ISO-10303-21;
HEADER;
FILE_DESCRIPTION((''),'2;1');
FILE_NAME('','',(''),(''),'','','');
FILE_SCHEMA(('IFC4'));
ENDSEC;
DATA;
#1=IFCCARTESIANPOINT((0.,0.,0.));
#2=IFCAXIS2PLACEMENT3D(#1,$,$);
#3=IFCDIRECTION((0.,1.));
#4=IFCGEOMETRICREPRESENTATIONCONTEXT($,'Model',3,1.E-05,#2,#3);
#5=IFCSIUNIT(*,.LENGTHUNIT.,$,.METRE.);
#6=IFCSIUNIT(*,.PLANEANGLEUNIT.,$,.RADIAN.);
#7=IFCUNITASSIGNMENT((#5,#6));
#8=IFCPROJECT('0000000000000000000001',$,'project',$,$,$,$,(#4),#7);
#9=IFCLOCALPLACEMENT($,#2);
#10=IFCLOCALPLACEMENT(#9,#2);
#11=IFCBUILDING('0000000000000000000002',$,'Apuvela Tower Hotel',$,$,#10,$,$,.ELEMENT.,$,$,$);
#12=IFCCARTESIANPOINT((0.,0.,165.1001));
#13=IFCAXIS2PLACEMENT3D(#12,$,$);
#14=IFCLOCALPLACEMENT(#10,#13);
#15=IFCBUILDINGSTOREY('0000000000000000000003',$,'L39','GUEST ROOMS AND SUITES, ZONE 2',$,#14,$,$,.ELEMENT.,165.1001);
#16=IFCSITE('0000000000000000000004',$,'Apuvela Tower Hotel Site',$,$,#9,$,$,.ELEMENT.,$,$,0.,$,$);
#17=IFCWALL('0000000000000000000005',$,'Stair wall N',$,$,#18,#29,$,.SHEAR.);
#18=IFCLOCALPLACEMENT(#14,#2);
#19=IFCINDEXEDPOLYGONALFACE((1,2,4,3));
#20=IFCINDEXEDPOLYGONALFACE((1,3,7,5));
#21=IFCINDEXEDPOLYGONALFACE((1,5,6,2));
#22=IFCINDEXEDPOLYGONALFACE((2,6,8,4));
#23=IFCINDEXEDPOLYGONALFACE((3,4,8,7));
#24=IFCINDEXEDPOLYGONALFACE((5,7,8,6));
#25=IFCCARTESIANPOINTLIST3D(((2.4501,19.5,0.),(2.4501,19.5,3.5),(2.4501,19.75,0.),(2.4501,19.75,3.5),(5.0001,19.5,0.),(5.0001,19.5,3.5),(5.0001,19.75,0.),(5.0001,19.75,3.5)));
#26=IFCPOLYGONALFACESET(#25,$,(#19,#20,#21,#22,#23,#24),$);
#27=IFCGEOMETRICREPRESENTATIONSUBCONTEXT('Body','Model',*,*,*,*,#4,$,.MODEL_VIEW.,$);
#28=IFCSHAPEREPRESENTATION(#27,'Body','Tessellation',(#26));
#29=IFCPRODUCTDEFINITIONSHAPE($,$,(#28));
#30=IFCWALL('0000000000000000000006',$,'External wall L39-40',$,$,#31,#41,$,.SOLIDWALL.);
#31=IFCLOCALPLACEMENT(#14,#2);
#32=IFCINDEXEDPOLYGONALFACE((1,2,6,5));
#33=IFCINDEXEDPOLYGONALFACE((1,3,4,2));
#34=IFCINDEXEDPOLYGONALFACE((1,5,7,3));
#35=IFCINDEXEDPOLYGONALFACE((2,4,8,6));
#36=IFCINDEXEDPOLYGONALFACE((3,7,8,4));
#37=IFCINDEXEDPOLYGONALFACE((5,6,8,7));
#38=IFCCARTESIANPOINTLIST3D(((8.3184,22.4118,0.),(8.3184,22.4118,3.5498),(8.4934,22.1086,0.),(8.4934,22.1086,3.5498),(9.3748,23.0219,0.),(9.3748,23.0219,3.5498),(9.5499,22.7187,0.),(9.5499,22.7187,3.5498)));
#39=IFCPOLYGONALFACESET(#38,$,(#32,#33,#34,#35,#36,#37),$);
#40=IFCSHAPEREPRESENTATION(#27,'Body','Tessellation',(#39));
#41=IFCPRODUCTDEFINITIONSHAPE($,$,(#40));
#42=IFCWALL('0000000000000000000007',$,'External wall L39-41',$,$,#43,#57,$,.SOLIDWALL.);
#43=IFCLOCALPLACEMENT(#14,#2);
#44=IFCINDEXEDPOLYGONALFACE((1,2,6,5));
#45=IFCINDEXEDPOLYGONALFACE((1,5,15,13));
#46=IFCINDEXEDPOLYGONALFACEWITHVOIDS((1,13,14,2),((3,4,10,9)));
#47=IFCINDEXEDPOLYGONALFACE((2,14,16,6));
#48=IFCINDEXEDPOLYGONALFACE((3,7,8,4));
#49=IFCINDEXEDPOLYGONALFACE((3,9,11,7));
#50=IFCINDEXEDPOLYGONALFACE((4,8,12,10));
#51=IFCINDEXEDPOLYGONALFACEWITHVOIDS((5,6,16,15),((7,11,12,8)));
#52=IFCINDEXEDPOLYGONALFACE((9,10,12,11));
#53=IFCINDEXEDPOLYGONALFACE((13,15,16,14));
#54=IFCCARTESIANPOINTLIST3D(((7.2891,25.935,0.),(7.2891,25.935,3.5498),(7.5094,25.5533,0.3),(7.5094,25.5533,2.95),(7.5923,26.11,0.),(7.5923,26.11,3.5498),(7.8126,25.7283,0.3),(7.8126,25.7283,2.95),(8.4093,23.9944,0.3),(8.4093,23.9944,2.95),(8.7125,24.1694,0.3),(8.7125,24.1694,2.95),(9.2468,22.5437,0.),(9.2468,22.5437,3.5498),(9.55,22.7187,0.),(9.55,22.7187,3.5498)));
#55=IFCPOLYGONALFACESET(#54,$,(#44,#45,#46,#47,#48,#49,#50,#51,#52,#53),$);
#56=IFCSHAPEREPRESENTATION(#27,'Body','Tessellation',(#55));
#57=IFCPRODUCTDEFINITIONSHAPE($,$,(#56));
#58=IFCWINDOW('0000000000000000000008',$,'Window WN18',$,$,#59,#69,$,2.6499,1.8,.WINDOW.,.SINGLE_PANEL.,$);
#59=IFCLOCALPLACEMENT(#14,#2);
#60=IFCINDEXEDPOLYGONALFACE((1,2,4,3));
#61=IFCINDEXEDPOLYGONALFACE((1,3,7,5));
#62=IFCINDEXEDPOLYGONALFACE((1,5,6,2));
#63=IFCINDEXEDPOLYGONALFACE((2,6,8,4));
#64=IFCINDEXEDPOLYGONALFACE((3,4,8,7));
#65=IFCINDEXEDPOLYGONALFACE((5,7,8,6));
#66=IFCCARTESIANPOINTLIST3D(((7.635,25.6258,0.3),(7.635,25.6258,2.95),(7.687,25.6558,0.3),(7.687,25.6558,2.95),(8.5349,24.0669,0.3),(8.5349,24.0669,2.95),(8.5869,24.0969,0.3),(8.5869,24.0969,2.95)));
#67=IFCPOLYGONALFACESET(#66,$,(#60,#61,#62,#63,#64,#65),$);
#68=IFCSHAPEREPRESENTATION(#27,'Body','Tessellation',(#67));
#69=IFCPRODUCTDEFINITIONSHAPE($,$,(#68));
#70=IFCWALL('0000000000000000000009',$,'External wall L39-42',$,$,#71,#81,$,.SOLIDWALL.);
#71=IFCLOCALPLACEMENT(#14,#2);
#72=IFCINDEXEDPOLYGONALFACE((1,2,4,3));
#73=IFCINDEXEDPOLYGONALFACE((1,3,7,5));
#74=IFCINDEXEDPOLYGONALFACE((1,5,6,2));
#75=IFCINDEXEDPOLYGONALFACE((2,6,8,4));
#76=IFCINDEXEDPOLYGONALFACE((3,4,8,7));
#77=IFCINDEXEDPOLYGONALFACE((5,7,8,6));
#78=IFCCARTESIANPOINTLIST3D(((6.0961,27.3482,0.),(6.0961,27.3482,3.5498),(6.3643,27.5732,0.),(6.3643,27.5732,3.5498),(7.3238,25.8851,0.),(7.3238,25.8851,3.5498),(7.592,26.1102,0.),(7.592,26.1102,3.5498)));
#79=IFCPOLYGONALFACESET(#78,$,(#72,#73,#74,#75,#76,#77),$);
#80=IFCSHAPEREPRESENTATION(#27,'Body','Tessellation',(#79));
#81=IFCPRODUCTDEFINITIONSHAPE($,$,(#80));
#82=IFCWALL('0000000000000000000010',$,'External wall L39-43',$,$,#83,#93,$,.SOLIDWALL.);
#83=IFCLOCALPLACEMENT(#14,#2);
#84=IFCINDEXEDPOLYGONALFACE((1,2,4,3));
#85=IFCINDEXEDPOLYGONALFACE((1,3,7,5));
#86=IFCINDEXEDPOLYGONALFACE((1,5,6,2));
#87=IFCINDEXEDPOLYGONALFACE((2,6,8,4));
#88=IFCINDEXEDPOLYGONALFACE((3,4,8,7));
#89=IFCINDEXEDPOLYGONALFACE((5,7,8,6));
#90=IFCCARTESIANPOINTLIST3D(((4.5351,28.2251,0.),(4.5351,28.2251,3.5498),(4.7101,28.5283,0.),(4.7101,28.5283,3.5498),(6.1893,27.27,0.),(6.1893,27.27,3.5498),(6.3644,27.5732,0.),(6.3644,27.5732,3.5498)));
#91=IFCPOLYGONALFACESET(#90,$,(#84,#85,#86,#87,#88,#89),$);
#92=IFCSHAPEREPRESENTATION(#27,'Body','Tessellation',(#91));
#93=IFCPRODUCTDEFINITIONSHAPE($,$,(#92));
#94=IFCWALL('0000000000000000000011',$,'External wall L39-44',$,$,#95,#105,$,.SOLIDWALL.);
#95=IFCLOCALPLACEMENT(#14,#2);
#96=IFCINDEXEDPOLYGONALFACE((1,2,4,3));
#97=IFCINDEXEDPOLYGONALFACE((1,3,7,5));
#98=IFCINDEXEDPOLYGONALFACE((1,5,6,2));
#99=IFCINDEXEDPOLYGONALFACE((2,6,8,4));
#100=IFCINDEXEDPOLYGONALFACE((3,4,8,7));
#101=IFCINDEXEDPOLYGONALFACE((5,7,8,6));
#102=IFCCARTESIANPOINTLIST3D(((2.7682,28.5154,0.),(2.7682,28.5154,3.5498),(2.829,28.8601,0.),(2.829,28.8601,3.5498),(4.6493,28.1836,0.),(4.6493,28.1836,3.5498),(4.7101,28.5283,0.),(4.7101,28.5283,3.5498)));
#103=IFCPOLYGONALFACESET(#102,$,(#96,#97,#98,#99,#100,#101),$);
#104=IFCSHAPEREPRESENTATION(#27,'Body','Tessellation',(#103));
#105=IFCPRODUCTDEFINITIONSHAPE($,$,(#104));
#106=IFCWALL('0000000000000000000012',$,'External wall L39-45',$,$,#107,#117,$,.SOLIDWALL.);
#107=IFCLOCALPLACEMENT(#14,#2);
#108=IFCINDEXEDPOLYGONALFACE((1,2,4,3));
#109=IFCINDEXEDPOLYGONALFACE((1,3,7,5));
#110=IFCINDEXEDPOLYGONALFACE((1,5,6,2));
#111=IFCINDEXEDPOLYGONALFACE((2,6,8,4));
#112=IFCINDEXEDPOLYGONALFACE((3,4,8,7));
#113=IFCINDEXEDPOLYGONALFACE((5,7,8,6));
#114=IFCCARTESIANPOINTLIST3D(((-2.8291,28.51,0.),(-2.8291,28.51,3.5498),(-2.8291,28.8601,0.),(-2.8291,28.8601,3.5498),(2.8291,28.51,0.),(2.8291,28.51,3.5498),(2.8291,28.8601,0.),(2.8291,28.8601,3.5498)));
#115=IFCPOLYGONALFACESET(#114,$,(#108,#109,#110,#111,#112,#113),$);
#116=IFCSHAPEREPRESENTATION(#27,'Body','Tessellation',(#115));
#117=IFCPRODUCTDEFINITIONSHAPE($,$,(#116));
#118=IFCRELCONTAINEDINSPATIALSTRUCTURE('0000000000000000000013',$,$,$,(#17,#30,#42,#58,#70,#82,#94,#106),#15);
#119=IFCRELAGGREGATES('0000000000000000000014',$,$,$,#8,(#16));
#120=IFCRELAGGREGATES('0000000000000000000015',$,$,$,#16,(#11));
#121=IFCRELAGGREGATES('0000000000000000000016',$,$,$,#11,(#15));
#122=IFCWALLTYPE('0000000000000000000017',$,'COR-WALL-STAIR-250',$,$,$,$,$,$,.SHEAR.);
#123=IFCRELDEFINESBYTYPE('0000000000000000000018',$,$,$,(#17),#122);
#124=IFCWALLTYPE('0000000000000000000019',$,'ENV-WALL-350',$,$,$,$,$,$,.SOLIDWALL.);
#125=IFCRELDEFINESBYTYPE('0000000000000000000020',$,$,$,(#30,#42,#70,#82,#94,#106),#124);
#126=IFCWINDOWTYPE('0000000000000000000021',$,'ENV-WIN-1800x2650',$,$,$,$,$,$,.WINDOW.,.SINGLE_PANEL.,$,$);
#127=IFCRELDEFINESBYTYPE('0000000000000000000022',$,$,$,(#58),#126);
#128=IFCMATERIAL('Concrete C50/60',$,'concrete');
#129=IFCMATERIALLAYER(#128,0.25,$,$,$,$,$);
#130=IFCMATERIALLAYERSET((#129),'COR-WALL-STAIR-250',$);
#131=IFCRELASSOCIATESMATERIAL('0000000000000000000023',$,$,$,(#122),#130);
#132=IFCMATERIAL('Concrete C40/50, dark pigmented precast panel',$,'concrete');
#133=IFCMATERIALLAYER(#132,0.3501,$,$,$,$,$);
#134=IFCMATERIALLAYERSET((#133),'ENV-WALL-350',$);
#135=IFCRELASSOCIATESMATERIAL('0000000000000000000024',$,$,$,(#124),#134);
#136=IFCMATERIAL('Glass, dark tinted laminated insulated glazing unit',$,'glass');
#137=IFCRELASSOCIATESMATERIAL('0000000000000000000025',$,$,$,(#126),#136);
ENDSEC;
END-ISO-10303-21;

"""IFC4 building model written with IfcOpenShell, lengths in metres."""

from ifc_helpers import new_model, si_unit, direction, frame, frame_2d, origin, place, context, subcontext, project, spatial, rectangle, extrude, material, layer, layer_set, type_object, element, fill, save


model = new_model("IFC4")

# Units and contexts
model_context = context("Model", 3, precision=1e-05, world=origin(), true_north=direction((0.0, 1.0)))
body_context = subcontext(model_context, "Body", "Model", "MODEL_VIEW")
ifc_project = project(units=[si_unit("LENGTHUNIT", "METRE"), si_unit("PLANEANGLEUNIT", "RADIAN")], contexts=[model_context])

# Site, building, storey
site_placement = place(None, origin())
site = spatial("IfcSite", under=ifc_project, at=site_placement, Name="Apuvela Tower Hotel Site", CompositionType="ELEMENT", RefElevation=0.0)
building_placement = place(site_placement, origin())
building = spatial("IfcBuilding", under=site, at=building_placement, Name="Apuvela Tower Hotel", CompositionType="ELEMENT")
storey_placement = place(building_placement, frame((0.0, 0.0, 165.1001)))
storey = spatial("IfcBuildingStorey", under=building, at=storey_placement, Name="L39", Description="GUEST ROOMS AND SUITES, ZONE 2", CompositionType="ELEMENT", Elevation=165.1001)

# Walls
ifc_material_1 = material(Name="Concrete C50/60", Category="concrete")
ifc_layer_1 = layer(ifc_material_1, 0.25)
ifc_layer_set_1 = layer_set([ifc_layer_1], Name="COR-WALL-STAIR-250")
wall_type_1 = type_object("IfcWallType", Name="COR-WALL-STAIR-250", PredefinedType="SHEAR", material=ifc_layer_set_1)
wall_1_placement = place(storey_placement, frame((5.0, 19.625, 0.0), z_axis=(0.0, 0.0, 1.0), x_axis=(-1.0, 0.0, 0.0)))
element("IfcWall", 1, at=wall_1_placement, inside=storey, type_object=wall_type_1, Name="Stair wall N", PredefinedType="SHEAR", context=body_context, shape_type="SweptSolid", body=[
    extrude(rectangle(XDim=2.55, YDim=0.25, at=frame_2d((1.2749, 0.0))), origin(), (0.0, 0.0, 1.0), 3.5),
])
ifc_material_2 = material(Name="Concrete C40/50, dark pigmented precast panel", Category="concrete")
ifc_layer_2 = layer(ifc_material_2, 0.3501)
ifc_layer_set_2 = layer_set([ifc_layer_2], Name="ENV-WALL-350")
wall_type_2 = type_object("IfcWallType", Name="ENV-WALL-350", PredefinedType="SOLIDWALL", material=ifc_layer_set_2)
wall_2_placement = place(storey_placement, frame((8.406, 22.2603, 0.0), z_axis=(0.0, 0.0, 1.0), x_axis=(0.865956, 0.500121, 0.0)))
element("IfcWall", 2, at=wall_2_placement, inside=storey, type_object=wall_type_2, Name="External wall L39-40", PredefinedType="SOLIDWALL", context=body_context, shape_type="SweptSolid", body=[
    extrude(rectangle(XDim=1.22, YDim=0.3501, at=frame_2d((0.6099, 0.0))), origin(), (0.0, 0.0, 1.0), 3.5498),
])

# Wall, opening, window
wall_3_placement = place(storey_placement, frame((9.3984, 22.6311, 0.0), z_axis=(0.0, 0.0, 1.0), x_axis=(-0.499955, 0.866052, 0.0)))
wall_3 = element("IfcWall", 3, at=wall_3_placement, inside=storey, type_object=wall_type_2, Name="External wall L39-41", PredefinedType="SOLIDWALL", context=body_context, shape_type="SweptSolid", body=[
    extrude(rectangle(XDim=3.9158, YDim=0.3501, at=frame_2d((1.958, 0.0))), origin(), (0.0, 0.0, 1.0), 3.5498),
])
opening_placement = place(wall_3_placement, frame((1.6753, 0.0, 0.3)))
opening = element("IfcOpeningElement", 4, at=opening_placement, cuts=wall_3, PredefinedType="OPENING", context=body_context, shape_type="SweptSolid", body=[
    extrude(rectangle(XDim=1.8, YDim=2.6499, at=frame_2d((0.8999, 1.325))), frame((0.0, 0.1851, 0.0), z_axis=(0.0, -1.0, 0.0), x_axis=(1.0, 0.0, 0.0)), (0.0, 0.0, 1.0), 0.3701),
])
ifc_material_3 = material(Name="Glass, dark tinted laminated insulated glazing unit", Category="glass")
window_type = type_object("IfcWindowType", Name="ENV-WIN-1800x2650", PartitioningType="SINGLE_PANEL", PredefinedType="WINDOW", material=ifc_material_3)
window_placement = place(opening_placement, origin())
window = element("IfcWindow", 5, at=window_placement, inside=storey, type_object=window_type, Name="Window WN18", OverallHeight=2.6499, OverallWidth=1.8, PartitioningType="SINGLE_PANEL", PredefinedType="WINDOW", context=body_context, shape_type="SweptSolid", body=[
    extrude(rectangle(XDim=1.8, YDim=2.6499, at=frame_2d((0.8999, 1.325))), frame((0.0, 0.03, 0.0), z_axis=(0.0, -1.0, 0.0), x_axis=(1.0, 0.0, 0.0)), (0.0, 0.0, 1.0), 0.0601),
])
fill(opening, window)

# Walls
wall_4_placement = place(storey_placement, frame((7.458, 25.9976, 0.0), z_axis=(0.0, 0.0, 1.0), x_axis=(-0.642808, 0.766027, 0.0)))
element("IfcWall", 6, at=wall_4_placement, inside=storey, type_object=wall_type_2, Name="External wall L39-42", PredefinedType="SOLIDWALL", context=body_context, shape_type="SweptSolid", body=[
    extrude(rectangle(XDim=1.9099, YDim=0.3501, at=frame_2d((0.9551, 0.0))), origin(), (0.0, 0.0, 1.0), 3.5498),
])
for number, where, z_axis, x_axis, name in (
    (7, (6.2769, 27.4216, 0.0), (0.0, 0.0, 1.0), (-0.866032, 0.499988, 0.0), "External wall L39-43"),
    (8, (4.6797, 28.356, 0.0), (0.0, 0.0, 1.0), (-0.984799, 0.173698, 0.0), "External wall L39-44"),
):
    element("IfcWall", number, at=place(storey_placement, frame(where, z_axis=z_axis, x_axis=x_axis)), inside=storey, type_object=wall_type_2, Name=name, PredefinedType="SOLIDWALL", context=body_context, shape_type="SweptSolid", body=[
        extrude(rectangle(XDim=1.9102, YDim=0.3501, at=frame_2d((0.9551, 0.0))), origin(), (0.0, 0.0, 1.0), 3.5498),
    ])
wall_5_placement = place(storey_placement, frame((2.8291, 28.6851, 0.0), z_axis=(0.0, 0.0, 1.0), x_axis=(-1.0, 0.0, 0.0)))
element("IfcWall", 9, at=wall_5_placement, inside=storey, type_object=wall_type_2, Name="External wall L39-45", PredefinedType="SOLIDWALL", context=body_context, shape_type="SweptSolid", body=[
    extrude(rectangle(XDim=5.6582, YDim=0.3501, at=frame_2d((2.8291, 0.0))), origin(), (0.0, 0.0, 1.0), 3.5498),
])

save(model, "model.ifc")
